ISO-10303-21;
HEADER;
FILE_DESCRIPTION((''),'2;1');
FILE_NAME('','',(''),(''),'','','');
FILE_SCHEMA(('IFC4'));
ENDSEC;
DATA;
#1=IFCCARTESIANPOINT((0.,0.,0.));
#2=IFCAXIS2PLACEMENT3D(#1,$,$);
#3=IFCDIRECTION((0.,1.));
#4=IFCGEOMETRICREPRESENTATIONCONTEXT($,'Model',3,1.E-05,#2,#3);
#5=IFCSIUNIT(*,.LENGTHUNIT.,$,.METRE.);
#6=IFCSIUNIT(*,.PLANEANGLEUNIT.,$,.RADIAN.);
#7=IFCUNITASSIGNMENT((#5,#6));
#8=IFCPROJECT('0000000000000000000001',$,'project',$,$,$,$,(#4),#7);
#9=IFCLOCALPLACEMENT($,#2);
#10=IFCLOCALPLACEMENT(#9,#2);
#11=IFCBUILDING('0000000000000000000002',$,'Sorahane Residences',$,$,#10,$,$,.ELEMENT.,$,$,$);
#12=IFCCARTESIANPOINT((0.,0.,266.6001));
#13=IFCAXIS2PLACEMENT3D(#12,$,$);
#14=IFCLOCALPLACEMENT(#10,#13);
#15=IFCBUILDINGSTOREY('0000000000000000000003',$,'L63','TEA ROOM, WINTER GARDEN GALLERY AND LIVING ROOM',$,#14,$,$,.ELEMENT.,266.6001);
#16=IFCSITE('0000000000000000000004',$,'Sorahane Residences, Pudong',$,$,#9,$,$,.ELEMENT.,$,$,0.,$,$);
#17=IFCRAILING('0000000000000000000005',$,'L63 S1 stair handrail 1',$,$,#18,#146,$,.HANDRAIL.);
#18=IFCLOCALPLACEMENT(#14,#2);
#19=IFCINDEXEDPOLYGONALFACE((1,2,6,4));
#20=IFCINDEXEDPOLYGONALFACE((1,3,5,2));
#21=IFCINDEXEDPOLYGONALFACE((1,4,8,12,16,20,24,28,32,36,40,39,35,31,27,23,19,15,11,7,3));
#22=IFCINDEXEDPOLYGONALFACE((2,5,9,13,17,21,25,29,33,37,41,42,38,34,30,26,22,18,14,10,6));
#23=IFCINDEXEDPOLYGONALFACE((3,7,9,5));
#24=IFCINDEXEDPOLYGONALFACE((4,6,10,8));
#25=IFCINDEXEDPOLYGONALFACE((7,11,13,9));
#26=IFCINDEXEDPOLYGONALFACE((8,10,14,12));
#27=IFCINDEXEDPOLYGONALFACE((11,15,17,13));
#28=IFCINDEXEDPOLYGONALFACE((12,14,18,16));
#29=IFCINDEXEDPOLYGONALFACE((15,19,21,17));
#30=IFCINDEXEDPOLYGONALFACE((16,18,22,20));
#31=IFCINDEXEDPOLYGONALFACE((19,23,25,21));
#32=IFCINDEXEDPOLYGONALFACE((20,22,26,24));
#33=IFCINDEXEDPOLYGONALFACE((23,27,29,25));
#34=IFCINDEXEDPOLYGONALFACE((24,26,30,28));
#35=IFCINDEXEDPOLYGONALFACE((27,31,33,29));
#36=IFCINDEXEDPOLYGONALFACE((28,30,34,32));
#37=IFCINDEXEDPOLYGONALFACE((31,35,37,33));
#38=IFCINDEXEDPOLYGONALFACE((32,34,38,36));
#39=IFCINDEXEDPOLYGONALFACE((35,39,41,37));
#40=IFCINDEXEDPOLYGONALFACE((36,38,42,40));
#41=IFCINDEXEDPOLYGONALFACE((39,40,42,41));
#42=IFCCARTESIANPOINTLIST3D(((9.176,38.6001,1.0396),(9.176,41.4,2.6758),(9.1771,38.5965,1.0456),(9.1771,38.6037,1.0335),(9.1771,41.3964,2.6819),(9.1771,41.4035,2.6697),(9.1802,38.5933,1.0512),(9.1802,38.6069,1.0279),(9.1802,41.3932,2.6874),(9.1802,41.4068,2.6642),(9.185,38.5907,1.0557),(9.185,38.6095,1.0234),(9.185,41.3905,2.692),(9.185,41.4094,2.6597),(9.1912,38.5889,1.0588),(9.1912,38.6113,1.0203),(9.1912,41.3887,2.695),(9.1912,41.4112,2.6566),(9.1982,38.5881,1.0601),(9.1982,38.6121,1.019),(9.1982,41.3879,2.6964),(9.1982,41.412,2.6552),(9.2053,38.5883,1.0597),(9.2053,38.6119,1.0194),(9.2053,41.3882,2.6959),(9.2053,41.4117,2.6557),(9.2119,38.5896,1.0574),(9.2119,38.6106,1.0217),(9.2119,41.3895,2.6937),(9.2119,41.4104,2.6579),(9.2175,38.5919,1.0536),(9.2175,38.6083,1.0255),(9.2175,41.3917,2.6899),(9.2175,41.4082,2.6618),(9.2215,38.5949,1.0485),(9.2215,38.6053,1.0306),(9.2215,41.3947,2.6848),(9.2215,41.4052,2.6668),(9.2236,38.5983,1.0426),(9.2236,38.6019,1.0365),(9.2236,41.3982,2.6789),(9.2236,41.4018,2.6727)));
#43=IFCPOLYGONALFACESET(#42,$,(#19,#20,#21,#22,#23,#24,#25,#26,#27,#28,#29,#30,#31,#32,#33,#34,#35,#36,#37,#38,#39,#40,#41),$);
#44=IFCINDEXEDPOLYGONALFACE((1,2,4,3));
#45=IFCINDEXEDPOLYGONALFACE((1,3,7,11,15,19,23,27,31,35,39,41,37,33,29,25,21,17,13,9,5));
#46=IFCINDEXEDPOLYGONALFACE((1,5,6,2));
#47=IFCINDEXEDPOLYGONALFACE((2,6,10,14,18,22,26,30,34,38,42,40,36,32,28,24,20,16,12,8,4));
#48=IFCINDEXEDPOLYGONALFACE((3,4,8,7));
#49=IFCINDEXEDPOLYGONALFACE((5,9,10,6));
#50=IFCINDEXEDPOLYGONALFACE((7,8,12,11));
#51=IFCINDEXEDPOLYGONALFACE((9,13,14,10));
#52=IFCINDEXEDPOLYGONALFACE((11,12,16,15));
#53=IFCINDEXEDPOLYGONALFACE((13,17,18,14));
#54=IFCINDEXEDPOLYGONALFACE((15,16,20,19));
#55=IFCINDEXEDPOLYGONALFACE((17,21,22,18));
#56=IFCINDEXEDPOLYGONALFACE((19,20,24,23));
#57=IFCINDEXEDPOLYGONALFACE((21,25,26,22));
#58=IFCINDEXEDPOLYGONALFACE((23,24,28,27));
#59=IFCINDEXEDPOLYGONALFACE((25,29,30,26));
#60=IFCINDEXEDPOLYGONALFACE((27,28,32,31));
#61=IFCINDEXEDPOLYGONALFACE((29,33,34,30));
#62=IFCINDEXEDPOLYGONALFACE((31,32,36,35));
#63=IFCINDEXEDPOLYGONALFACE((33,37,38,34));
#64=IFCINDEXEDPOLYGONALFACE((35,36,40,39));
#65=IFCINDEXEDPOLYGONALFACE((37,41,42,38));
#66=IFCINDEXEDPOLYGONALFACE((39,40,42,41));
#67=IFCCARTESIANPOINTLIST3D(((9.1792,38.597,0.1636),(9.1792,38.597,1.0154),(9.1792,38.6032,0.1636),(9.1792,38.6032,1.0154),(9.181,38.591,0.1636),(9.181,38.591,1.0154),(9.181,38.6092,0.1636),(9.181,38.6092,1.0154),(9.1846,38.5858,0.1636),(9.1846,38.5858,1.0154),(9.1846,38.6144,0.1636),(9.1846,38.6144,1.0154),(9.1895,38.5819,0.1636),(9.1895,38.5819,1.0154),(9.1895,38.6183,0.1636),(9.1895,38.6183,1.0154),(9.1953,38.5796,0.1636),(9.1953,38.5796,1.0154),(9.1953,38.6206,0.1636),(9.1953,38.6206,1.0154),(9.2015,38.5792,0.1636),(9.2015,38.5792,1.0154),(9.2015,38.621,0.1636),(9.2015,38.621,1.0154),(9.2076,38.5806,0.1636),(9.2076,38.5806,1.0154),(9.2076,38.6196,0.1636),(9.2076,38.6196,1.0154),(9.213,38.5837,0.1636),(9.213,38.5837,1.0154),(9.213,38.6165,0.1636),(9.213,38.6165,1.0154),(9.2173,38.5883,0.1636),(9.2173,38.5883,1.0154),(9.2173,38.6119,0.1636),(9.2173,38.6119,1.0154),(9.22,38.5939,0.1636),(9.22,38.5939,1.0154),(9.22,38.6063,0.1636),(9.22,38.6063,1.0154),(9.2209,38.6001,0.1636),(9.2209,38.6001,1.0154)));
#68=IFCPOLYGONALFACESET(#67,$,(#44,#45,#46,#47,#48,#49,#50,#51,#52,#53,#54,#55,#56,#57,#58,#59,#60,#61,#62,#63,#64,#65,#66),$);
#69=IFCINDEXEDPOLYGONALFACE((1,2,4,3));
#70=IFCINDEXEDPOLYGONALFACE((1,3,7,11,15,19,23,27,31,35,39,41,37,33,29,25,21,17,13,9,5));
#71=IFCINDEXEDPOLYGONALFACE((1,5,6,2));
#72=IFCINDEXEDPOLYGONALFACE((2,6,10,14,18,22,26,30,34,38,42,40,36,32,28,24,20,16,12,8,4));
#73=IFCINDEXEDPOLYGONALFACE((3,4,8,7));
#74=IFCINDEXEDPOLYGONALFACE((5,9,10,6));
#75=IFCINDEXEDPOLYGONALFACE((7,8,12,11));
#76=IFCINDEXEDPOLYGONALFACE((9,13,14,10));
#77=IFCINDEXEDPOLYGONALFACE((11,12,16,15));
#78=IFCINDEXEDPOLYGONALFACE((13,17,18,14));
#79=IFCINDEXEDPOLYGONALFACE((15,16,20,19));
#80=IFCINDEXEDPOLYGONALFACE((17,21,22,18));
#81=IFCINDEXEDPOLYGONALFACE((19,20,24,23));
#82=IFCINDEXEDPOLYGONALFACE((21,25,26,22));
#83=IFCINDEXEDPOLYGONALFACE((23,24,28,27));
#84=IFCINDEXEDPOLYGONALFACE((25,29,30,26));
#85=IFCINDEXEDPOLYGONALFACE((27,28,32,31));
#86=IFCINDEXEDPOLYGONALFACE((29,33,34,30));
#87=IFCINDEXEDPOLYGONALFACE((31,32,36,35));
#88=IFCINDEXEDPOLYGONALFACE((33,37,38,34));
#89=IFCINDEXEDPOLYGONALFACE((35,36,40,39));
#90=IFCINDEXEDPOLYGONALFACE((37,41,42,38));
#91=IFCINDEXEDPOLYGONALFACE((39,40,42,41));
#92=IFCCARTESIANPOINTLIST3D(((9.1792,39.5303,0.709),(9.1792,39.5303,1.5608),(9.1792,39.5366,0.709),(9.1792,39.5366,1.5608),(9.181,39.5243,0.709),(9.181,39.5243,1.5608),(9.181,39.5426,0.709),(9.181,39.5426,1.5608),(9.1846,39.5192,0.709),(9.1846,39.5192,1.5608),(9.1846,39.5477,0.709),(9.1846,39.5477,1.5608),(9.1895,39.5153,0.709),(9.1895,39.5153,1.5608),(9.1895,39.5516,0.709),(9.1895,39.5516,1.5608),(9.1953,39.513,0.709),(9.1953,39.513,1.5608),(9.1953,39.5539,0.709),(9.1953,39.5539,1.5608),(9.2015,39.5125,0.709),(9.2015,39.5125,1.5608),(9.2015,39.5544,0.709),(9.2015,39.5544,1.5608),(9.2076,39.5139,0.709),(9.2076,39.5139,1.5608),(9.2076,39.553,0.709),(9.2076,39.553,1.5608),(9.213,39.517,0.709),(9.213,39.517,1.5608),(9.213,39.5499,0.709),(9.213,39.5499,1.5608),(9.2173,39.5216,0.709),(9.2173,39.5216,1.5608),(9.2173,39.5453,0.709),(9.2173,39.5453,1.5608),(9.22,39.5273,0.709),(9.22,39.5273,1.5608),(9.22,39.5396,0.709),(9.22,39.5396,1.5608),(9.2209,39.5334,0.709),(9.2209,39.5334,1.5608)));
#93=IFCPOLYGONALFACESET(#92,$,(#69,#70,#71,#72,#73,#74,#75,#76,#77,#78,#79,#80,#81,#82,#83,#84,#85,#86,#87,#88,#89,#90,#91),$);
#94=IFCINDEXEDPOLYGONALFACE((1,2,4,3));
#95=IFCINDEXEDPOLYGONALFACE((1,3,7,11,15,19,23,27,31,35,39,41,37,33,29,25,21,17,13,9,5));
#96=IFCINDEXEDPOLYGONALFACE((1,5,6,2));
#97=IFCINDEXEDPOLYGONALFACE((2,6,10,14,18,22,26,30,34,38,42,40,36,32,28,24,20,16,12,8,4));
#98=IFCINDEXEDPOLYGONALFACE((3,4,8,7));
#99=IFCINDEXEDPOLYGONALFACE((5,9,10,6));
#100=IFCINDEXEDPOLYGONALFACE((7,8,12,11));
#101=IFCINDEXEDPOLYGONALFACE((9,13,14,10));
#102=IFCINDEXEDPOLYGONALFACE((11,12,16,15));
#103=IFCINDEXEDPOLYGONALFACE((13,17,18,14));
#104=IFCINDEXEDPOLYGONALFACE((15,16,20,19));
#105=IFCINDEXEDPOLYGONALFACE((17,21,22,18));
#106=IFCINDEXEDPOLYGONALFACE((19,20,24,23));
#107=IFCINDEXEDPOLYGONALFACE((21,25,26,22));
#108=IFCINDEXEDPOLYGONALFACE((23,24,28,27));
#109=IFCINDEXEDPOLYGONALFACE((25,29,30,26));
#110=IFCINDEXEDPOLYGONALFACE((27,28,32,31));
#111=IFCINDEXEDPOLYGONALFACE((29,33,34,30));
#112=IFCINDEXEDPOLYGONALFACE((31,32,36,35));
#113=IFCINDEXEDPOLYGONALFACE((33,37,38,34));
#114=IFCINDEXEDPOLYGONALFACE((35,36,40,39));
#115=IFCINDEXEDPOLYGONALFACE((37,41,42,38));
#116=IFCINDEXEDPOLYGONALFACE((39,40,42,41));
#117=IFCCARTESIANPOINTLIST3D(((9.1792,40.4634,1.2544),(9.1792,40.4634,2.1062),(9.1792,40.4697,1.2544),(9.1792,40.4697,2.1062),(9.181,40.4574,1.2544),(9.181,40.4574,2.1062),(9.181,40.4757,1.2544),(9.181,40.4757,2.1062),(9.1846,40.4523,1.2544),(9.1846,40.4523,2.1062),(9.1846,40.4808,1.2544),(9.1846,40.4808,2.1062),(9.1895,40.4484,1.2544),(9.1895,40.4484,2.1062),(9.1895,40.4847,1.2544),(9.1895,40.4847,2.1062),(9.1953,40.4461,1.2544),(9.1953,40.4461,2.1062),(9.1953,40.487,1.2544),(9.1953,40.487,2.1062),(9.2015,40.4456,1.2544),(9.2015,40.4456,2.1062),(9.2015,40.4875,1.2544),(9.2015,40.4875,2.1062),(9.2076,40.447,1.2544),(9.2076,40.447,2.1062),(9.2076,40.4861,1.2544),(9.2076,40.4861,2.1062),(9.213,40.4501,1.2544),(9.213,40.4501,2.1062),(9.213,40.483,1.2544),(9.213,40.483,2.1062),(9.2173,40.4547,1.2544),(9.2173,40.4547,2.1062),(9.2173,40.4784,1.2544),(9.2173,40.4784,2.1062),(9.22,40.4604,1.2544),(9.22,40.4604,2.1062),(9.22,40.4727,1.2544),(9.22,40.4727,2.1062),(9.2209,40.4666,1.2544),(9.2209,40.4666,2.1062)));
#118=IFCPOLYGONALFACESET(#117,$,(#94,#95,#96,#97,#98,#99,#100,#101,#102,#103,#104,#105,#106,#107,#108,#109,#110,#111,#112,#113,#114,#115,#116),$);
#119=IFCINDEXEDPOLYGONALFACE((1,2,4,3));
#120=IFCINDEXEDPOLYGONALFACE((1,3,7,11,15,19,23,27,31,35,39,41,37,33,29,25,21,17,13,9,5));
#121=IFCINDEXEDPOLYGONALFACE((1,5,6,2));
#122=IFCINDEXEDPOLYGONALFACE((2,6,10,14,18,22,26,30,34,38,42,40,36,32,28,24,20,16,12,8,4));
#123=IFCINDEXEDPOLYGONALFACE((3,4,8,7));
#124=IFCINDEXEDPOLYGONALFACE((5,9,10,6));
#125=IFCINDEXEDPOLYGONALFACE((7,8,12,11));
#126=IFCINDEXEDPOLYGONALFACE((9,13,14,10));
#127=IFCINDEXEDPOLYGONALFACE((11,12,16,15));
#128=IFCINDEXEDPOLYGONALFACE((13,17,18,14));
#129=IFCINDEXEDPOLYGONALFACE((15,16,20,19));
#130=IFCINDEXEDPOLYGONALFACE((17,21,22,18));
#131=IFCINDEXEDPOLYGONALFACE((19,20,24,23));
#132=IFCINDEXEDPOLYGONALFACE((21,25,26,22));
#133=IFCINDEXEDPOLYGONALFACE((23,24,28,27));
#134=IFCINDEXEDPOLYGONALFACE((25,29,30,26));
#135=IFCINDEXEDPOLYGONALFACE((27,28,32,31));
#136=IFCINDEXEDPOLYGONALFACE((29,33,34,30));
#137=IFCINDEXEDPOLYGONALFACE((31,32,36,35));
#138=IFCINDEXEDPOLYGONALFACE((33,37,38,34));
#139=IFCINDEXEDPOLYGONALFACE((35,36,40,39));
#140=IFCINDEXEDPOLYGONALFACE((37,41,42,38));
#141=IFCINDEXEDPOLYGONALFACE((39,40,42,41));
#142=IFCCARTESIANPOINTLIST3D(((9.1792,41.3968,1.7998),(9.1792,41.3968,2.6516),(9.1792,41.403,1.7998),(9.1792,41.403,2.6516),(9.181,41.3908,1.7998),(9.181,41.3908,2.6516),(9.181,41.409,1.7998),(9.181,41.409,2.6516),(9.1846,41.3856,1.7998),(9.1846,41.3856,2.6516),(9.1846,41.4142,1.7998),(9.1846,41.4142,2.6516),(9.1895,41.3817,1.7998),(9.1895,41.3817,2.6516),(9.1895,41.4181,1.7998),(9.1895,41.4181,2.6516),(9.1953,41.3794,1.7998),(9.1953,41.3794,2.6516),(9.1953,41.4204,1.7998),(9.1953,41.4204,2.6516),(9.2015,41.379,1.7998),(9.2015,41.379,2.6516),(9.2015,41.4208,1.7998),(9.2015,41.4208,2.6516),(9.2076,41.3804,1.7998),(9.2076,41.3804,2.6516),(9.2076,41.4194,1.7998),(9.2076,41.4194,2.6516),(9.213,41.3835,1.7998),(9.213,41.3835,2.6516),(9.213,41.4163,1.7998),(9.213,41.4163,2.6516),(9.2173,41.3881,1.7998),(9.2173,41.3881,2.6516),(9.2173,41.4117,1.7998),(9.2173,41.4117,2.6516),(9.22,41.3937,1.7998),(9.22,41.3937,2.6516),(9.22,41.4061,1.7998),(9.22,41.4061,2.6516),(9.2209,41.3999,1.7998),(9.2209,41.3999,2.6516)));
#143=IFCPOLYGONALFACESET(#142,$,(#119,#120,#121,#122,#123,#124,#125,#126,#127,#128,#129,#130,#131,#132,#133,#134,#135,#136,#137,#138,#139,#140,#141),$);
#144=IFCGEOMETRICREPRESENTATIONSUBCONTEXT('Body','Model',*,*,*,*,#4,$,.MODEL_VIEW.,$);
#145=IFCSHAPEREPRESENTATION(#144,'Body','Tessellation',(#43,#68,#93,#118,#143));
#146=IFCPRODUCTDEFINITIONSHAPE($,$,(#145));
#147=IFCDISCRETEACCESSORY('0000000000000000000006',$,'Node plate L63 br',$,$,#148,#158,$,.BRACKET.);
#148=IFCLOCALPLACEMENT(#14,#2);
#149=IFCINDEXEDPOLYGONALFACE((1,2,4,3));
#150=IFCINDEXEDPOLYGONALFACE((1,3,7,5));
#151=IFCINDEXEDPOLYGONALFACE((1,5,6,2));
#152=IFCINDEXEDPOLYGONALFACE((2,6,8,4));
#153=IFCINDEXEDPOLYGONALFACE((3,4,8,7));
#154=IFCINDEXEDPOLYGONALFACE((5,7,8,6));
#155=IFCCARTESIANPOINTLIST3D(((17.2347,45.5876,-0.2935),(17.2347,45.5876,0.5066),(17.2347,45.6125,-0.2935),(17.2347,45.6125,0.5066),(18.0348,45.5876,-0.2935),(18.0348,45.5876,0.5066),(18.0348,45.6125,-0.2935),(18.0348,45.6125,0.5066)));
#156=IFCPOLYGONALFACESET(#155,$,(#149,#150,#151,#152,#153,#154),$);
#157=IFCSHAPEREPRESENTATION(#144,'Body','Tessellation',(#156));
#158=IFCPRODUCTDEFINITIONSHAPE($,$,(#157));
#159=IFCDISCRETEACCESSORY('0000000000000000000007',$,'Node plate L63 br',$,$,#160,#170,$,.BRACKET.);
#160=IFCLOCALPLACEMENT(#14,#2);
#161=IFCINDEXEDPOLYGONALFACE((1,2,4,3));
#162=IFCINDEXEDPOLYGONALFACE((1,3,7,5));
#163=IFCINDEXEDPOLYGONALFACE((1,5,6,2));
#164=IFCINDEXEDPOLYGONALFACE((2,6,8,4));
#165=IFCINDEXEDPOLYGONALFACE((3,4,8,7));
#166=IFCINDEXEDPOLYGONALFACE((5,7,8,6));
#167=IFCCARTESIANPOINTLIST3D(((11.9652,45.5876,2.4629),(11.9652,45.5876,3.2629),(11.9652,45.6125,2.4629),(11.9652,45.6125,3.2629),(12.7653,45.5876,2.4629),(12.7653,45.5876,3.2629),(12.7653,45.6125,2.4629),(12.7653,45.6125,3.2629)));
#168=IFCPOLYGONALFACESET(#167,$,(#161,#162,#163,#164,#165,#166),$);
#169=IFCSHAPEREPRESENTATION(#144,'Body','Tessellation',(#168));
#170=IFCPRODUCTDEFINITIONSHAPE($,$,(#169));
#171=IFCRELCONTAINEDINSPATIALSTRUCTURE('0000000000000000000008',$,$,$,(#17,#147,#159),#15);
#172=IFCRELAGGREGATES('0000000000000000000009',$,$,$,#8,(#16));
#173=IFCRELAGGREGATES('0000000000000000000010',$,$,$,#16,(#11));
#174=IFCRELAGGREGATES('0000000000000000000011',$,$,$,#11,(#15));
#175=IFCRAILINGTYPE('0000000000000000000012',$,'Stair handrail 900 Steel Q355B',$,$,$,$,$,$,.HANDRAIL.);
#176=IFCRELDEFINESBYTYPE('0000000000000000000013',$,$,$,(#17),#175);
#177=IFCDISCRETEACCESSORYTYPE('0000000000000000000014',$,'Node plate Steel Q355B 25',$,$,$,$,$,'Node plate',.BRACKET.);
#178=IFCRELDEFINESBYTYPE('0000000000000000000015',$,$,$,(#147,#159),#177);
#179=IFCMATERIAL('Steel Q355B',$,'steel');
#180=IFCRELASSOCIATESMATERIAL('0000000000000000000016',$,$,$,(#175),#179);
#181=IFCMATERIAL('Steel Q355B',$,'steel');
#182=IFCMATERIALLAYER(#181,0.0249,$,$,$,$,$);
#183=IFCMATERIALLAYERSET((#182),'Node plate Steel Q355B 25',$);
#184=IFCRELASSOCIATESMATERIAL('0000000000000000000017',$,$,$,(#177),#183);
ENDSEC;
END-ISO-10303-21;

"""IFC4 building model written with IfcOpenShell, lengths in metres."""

from ifc_helpers import new_model, si_unit, direction, frame, origin, origin_2d, place, context, subcontext, project, spatial, rectangle, circle, extrude, material, layer, layer_set, type_object, element, save


model = new_model("IFC4")

# Units and contexts
model_context = context("Model", 3, precision=1e-05, world=origin(), true_north=direction((0.0, 1.0)))
body_context = subcontext(model_context, "Body", "Model", "MODEL_VIEW")
ifc_project = project(units=[si_unit("LENGTHUNIT", "METRE"), si_unit("PLANEANGLEUNIT", "RADIAN")], contexts=[model_context])

# Site, building, storey
site_placement = place(None, origin())
site = spatial("IfcSite", under=ifc_project, at=site_placement, Name="Sorahane Residences, Pudong", CompositionType="ELEMENT", RefElevation=0.0)
building_placement = place(site_placement, origin())
building = spatial("IfcBuilding", under=site, at=building_placement, Name="Sorahane Residences", CompositionType="ELEMENT")
storey_placement = place(building_placement, frame((0.0, 0.0, 266.6001)))
storey = spatial("IfcBuildingStorey", under=building, at=storey_placement, Name="L63", Description="TEA ROOM, WINTER GARDEN GALLERY AND LIVING ROOM", CompositionType="ELEMENT", Elevation=266.6001)

# Railing
ifc_material_1 = material(Name="Steel Q355B", Category="steel")
railing_type_1 = type_object("IfcRailingType", Name="Stair handrail 900 Steel Q355B", PredefinedType="HANDRAIL", material=ifc_material_1)
railing_1_placement = place(storey_placement, frame((9.2, 38.6001, 0.1636)))
element("IfcRailing", 1, at=railing_1_placement, inside=storey, type_object=railing_type_1, Name="L63 S1 stair handrail 1", PredefinedType="HANDRAIL", context=body_context, shape_type="SweptSolid", body=[
    extrude(circle(Radius=0.0239, at=origin_2d()), frame((0.0, 0.0, 0.876), z_axis=(0.0, 0.863374, 0.504564), x_axis=(-1.0, 0.0, 0.0)), (0.0, 0.0, 1.0), 3.2429),
    extrude(circle(Radius=0.021, at=origin_2d()), origin(), (0.0, 0.0, 1.0), 0.8518),
    extrude(circle(Radius=0.021, at=origin_2d()), frame((0.0, 0.9333, 0.5454)), (0.0, 0.0, 1.0), 0.8518),
    extrude(circle(Radius=0.021, at=origin_2d()), frame((0.0, 1.8665, 1.0908)), (0.0, 0.0, 1.0), 0.8518),
    extrude(circle(Radius=0.021, at=origin_2d()), frame((0.0, 2.7998, 1.6362)), (0.0, 0.0, 1.0), 0.8518),
])

# Discrete accessories
ifc_material_2 = material(Name="Steel Q355B", Category="steel")
ifc_layer_1 = layer(ifc_material_2, 0.0249)
ifc_layer_set_1 = layer_set([ifc_layer_1], Name="Node plate Steel Q355B 25")
discrete_accessory_type = type_object("IfcDiscreteAccessoryType", Name="Node plate Steel Q355B 25", ElementType="Node plate", PredefinedType="BRACKET", material=ifc_layer_set_1)
for number, where, z_axis, x_axis, name in (
    (2, (17.6348, 45.6001, -0.2935), (0.0, 0.0, 1.0), (1.0, 0.0, 0.0), "Node plate L63 br"),
    (3, (12.3652, 45.6001, 2.4629), (0.0, 0.0, 1.0), (1.0, 0.0, 0.0), "Node plate L63 br"),
):
    element("IfcDiscreteAccessory", number, at=place(storey_placement, frame(where, z_axis=z_axis, x_axis=x_axis)), inside=storey, type_object=discrete_accessory_type, Name=name, PredefinedType="BRACKET", context=body_context, shape_type="SweptSolid", body=[
        extrude(rectangle(XDim=0.8, YDim=0.0249, at=origin_2d()), origin(), (0.0, 0.0, 1.0), 0.8),
    ])

save(model, "model.ifc")
